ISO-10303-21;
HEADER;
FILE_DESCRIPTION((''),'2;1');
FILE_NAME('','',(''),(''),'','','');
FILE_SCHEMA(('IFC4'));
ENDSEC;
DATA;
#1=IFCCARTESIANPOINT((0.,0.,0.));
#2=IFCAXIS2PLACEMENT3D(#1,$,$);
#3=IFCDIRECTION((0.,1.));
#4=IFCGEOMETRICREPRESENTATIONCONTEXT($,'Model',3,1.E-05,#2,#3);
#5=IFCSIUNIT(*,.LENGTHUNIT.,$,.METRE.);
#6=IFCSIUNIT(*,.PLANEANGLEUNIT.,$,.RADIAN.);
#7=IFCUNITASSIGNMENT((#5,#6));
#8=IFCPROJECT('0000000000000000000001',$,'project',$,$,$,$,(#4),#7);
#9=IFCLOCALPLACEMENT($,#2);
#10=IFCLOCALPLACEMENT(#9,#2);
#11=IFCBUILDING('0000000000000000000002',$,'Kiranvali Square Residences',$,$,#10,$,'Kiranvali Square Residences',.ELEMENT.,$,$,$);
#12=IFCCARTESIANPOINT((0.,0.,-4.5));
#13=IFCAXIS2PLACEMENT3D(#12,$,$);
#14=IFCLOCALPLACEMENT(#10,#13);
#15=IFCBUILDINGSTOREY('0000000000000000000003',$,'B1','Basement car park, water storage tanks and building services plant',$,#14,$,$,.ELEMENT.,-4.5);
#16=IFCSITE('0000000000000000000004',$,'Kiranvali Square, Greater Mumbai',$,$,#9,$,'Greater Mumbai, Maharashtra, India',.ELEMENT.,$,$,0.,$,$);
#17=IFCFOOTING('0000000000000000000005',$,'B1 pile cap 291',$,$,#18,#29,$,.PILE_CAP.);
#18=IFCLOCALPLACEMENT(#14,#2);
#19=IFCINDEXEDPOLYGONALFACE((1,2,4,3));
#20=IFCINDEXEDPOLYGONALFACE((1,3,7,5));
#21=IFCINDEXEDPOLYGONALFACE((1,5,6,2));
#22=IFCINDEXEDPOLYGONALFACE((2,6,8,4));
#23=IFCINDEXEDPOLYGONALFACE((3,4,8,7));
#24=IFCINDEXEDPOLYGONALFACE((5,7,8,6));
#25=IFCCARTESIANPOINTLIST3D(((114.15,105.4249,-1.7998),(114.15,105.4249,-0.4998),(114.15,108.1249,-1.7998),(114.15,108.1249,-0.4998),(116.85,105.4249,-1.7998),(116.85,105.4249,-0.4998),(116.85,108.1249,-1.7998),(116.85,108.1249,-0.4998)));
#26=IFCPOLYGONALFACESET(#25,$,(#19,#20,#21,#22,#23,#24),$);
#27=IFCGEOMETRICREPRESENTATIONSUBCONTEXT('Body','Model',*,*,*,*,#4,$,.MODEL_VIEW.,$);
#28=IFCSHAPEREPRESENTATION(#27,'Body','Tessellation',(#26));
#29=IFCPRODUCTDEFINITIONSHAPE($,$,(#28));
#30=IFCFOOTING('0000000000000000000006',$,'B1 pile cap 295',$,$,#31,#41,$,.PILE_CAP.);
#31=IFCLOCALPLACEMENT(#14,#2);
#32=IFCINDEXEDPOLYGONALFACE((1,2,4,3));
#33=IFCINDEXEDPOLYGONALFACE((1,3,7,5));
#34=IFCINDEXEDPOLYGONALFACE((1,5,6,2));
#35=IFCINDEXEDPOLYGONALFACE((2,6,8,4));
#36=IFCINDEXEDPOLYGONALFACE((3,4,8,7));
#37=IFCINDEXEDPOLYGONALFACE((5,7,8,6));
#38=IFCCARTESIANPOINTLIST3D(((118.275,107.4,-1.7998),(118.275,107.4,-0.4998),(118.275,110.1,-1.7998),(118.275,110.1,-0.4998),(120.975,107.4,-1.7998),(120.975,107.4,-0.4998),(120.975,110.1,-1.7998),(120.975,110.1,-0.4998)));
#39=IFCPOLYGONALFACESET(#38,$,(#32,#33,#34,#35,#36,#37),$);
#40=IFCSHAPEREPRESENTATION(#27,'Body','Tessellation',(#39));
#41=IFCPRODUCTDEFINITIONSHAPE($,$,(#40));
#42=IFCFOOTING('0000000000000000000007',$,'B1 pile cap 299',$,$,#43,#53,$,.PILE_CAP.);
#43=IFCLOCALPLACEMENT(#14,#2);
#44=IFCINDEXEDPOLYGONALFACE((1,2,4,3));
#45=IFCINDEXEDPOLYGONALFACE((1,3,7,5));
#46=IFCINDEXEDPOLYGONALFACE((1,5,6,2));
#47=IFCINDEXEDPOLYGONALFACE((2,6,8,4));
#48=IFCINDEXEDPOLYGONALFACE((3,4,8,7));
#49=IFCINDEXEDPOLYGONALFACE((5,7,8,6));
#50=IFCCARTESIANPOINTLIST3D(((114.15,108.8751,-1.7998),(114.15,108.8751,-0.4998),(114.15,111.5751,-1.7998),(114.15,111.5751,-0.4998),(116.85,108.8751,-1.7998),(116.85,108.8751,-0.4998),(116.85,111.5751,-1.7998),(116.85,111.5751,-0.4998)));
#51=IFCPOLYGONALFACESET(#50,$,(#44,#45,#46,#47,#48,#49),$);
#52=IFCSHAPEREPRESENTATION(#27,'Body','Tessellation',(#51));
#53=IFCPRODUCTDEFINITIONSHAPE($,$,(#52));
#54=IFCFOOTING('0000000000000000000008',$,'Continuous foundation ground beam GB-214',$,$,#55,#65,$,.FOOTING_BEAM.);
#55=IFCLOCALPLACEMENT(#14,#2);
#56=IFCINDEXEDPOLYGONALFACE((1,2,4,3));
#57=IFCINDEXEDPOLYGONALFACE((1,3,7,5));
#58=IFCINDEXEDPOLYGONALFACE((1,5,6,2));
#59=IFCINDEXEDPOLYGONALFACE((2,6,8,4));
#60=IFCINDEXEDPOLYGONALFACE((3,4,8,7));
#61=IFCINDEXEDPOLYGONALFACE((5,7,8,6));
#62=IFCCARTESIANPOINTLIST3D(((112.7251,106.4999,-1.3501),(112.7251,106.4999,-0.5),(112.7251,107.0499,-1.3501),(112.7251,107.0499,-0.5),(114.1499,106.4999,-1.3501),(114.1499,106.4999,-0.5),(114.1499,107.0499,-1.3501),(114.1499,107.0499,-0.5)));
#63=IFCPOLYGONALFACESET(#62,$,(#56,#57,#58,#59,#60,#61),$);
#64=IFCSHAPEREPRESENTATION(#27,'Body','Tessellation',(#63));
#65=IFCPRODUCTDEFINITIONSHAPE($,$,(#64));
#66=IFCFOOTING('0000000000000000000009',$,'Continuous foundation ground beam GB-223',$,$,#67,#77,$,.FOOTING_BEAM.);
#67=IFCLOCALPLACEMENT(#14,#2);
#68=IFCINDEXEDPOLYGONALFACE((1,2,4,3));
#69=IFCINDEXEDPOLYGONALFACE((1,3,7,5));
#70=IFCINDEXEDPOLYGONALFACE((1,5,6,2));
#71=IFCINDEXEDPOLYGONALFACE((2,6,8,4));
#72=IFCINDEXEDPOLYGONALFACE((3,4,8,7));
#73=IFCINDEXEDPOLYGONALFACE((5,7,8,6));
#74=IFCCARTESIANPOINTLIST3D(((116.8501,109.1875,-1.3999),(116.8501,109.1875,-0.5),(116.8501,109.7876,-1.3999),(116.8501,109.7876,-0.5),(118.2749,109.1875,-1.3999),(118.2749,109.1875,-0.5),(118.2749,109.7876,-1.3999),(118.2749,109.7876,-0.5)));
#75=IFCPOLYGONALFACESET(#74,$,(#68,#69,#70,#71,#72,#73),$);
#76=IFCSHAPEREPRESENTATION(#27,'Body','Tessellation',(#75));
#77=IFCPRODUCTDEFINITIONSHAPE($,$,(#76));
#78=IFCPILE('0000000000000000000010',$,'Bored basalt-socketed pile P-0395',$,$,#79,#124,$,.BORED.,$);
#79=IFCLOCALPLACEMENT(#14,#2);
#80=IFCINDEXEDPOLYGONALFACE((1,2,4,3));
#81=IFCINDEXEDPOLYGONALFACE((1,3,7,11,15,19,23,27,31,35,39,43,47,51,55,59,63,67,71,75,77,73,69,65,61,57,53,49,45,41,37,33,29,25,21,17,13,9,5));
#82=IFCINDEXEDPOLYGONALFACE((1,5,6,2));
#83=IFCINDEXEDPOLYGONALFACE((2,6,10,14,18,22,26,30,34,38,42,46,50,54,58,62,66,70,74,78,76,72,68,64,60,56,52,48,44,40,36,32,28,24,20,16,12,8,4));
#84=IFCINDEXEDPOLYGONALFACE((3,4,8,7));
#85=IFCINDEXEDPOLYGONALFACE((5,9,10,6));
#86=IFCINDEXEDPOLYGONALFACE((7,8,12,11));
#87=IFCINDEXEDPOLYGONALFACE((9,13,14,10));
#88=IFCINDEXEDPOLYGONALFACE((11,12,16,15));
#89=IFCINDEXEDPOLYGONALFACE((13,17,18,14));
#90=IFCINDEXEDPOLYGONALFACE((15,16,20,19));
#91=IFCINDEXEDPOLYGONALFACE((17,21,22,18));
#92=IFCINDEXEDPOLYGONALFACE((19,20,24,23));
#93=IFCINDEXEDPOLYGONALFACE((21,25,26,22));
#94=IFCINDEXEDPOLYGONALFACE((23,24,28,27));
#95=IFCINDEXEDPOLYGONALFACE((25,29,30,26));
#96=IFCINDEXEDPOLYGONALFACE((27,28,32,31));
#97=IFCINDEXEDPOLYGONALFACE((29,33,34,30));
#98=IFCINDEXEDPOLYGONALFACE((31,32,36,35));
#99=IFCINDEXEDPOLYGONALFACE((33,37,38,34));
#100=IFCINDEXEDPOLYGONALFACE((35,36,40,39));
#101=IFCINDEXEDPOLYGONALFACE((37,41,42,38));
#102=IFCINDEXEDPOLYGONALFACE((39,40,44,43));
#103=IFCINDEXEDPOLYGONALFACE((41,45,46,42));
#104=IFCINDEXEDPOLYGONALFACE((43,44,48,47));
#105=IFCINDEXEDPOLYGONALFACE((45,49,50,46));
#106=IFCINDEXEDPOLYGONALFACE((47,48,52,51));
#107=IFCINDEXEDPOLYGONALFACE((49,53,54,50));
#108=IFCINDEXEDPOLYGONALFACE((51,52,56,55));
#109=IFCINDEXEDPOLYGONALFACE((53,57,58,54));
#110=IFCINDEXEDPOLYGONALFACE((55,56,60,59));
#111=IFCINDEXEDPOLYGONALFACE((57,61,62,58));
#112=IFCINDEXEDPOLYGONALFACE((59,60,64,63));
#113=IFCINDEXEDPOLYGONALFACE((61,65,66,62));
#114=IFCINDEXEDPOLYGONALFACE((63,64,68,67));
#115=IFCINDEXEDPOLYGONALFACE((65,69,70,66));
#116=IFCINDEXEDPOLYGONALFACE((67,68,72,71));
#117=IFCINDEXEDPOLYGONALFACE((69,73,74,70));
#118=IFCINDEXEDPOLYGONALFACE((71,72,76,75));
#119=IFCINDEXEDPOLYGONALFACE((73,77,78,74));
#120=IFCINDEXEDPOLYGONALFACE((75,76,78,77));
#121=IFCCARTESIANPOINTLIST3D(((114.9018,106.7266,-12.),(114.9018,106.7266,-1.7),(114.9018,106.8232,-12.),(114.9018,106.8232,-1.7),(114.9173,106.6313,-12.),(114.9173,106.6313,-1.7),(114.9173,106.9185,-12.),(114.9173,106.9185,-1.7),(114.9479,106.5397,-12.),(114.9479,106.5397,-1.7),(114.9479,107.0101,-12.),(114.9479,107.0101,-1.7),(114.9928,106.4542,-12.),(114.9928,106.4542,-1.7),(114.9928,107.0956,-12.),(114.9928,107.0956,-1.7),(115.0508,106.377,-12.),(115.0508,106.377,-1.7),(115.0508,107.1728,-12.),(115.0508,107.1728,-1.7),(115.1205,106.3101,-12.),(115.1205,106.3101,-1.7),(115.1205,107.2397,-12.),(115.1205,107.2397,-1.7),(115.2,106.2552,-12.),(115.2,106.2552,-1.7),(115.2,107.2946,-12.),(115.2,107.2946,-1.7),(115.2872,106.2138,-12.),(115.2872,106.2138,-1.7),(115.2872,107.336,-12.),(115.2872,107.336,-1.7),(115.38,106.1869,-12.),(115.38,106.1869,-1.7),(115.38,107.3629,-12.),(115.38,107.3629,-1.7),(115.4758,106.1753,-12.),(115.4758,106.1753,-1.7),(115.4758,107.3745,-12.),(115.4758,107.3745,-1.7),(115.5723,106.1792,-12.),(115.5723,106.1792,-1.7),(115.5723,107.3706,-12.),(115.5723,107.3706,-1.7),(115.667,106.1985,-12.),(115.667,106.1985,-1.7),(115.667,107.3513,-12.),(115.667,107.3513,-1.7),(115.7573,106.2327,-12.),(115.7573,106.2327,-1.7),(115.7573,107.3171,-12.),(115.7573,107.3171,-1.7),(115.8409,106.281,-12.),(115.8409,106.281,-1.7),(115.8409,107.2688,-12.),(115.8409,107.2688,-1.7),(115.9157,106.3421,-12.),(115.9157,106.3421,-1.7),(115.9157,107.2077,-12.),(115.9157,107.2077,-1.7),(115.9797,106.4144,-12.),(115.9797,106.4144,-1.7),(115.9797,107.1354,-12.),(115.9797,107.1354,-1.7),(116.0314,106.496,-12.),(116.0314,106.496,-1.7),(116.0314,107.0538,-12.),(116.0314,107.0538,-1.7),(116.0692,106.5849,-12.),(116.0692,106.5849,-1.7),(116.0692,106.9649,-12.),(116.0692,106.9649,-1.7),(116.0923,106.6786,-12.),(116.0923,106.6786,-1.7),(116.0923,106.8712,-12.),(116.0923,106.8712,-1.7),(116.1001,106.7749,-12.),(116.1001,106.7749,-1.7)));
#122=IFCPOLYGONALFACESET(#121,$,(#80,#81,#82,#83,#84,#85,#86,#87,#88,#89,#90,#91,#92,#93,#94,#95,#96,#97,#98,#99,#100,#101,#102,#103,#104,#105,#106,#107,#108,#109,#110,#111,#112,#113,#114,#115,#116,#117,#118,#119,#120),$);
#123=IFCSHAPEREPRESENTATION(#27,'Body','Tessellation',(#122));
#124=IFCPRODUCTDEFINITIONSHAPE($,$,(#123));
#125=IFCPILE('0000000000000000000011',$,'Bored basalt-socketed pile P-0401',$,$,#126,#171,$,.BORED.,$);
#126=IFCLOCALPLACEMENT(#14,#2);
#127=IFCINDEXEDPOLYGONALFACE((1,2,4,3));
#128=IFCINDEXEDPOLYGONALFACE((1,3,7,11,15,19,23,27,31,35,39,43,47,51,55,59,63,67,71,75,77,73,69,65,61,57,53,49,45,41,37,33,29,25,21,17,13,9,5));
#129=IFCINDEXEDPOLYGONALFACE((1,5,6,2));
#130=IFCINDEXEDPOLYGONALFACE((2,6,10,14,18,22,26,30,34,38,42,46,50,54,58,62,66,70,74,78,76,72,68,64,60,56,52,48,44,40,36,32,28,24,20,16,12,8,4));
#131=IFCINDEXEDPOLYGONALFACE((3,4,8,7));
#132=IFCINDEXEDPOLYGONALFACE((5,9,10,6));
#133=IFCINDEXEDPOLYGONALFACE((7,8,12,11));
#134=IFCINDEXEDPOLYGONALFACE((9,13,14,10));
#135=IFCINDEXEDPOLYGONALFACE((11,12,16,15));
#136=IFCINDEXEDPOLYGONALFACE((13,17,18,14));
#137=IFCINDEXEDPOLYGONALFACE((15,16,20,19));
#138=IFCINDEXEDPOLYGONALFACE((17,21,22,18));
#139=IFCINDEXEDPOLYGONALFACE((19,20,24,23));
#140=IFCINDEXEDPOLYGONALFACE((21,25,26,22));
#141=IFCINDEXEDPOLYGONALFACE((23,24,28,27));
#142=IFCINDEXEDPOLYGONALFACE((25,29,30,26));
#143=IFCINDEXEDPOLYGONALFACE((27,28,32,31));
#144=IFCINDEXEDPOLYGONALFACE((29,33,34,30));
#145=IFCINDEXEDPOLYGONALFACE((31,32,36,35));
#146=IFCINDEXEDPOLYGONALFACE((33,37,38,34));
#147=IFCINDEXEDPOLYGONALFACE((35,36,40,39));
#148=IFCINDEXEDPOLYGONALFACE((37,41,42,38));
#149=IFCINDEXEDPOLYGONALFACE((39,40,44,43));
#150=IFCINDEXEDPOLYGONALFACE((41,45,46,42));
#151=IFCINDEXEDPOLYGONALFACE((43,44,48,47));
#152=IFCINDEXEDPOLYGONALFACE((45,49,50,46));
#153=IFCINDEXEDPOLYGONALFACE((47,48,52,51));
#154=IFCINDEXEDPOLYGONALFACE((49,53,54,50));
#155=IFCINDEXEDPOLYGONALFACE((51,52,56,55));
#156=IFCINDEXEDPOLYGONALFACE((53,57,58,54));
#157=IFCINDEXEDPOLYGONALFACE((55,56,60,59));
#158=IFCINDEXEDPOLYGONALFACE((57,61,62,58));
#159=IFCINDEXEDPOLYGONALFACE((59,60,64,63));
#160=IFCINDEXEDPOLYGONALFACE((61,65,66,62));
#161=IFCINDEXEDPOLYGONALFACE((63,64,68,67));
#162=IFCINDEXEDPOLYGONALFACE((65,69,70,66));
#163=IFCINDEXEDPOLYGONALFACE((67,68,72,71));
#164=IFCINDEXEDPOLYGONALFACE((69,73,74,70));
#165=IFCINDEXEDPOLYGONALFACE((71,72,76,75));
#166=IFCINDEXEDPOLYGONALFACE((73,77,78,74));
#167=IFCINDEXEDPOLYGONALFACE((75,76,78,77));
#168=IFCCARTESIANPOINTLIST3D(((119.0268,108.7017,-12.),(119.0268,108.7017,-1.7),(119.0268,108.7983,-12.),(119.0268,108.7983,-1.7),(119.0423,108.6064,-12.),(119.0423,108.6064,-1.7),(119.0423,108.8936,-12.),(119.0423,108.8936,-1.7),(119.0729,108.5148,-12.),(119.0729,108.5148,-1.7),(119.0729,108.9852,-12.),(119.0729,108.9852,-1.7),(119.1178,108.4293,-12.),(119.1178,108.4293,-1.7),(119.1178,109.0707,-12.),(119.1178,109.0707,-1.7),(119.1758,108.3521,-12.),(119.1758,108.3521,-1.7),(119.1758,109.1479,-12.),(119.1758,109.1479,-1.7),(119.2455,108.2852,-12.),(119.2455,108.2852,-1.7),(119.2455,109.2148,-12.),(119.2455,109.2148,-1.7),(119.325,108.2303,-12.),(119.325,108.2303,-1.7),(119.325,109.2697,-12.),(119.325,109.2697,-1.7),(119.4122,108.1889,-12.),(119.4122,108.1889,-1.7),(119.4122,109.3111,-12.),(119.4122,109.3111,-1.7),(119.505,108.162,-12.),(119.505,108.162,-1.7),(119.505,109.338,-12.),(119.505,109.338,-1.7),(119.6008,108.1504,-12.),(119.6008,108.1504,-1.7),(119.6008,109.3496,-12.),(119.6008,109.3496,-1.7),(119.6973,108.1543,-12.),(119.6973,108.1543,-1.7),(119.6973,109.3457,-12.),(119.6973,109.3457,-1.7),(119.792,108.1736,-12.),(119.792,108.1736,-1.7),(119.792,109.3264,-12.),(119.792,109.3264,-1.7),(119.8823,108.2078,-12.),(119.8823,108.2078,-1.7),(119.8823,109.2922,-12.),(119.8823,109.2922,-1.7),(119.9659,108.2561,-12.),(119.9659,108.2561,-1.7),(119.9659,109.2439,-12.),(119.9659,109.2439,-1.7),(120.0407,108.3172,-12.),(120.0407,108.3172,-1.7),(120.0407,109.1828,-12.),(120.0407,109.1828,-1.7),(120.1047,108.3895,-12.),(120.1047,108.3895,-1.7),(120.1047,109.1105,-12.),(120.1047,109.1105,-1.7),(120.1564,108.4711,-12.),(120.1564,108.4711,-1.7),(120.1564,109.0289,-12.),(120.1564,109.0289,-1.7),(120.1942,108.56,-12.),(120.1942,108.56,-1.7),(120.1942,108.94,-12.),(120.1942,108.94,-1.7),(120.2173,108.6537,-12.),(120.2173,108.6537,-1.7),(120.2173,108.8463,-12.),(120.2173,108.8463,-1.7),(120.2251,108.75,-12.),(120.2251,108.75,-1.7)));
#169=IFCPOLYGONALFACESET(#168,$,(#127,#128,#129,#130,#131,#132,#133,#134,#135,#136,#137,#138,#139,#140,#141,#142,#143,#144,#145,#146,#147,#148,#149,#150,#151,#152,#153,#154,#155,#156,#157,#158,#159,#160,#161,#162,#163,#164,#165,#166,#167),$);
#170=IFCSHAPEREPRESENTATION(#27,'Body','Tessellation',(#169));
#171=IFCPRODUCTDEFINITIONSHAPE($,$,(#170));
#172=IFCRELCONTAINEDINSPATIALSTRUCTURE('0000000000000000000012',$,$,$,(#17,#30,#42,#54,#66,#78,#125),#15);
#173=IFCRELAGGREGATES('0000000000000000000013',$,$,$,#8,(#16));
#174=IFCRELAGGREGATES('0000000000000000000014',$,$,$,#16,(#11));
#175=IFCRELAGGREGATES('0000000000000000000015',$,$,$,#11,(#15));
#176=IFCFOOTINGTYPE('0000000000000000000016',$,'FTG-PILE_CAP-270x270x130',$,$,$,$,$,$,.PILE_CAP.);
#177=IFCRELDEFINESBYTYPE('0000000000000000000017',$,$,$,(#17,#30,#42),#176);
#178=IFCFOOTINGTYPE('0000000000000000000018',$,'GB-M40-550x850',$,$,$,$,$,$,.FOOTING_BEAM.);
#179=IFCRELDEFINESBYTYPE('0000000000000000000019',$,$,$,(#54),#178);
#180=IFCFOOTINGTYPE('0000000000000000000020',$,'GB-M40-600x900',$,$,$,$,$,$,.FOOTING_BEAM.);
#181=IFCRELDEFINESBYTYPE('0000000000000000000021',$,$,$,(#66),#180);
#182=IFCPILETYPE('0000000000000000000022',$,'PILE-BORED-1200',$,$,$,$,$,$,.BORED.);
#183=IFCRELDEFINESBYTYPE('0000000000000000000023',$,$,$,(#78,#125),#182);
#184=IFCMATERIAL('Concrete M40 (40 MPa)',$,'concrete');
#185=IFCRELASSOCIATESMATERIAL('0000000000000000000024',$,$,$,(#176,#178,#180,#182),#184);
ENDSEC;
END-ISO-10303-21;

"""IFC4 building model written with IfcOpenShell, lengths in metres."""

from ifc_helpers import new_model, si_unit, direction, frame, origin, origin_2d, place, context, subcontext, project, spatial, rectangle, circle, extrude, material, material_profile, profile_set, type_object, element, save


model = new_model("IFC4")

# Units and contexts
model_context = context("Model", 3, precision=1e-05, world=origin(), true_north=direction((0.0, 1.0)))
body_context = subcontext(model_context, "Body", "Model", "MODEL_VIEW")
ifc_project = project(units=[si_unit("LENGTHUNIT", "METRE"), si_unit("PLANEANGLEUNIT", "RADIAN")], contexts=[model_context])

# Site, building, storey
site_placement = place(None, origin())
site = spatial("IfcSite", under=ifc_project, at=site_placement, Name="Kiranvali Square, Greater Mumbai", LongName="Greater Mumbai, Maharashtra, India", CompositionType="ELEMENT", RefElevation=0.0)
building_placement = place(site_placement, origin())
building = spatial("IfcBuilding", under=site, at=building_placement, Name="Kiranvali Square Residences", LongName="Kiranvali Square Residences", CompositionType="ELEMENT")
storey_placement = place(building_placement, frame((0.0, 0.0, -4.5)))
storey = spatial("IfcBuildingStorey", under=building, at=storey_placement, Name="B1", Description="Basement car park, water storage tanks and building services plant", CompositionType="ELEMENT", Elevation=-4.5)

# Footings
ifc_material_1 = material(Name="Concrete M40 (40 MPa)", Category="concrete")
footing_type_1 = type_object("IfcFootingType", Name="FTG-PILE_CAP-270x270x130", PredefinedType="PILE_CAP", material=ifc_material_1)
for number, where, z_axis, x_axis, name in (
    (1, (115.5, 106.7749, -1.7998), (0.0, 0.0, 1.0), (1.0, 0.0, 0.0), "B1 pile cap 291"),
    (2, (119.625, 108.75, -1.7998), (0.0, 0.0, 1.0), (1.0, 0.0, 0.0), "B1 pile cap 295"),
    (3, (115.5, 110.2251, -1.7998), (0.0, 0.0, 1.0), (1.0, 0.0, 0.0), "B1 pile cap 299"),
):
    element("IfcFooting", number, at=place(storey_placement, frame(where, z_axis=z_axis, x_axis=x_axis)), inside=storey, type_object=footing_type_1, Name=name, PredefinedType="PILE_CAP", context=body_context, shape_type="SweptSolid", body=[
        extrude(rectangle(XDim=2.7, YDim=2.7, at=origin_2d()), origin(), (0.0, 0.0, 1.0), 1.3),
    ])
ifc_material_profile_1 = material_profile(ifc_material_1, rectangle(XDim=0.55, YDim=0.8501, at=origin_2d()), Name="GB 550x850")
ifc_profile_set_1 = profile_set([ifc_material_profile_1], Name="Concrete M40 (40 MPa)")
footing_type_2 = type_object("IfcFootingType", Name="GB-M40-550x850", PredefinedType="FOOTING_BEAM", material=ifc_profile_set_1)
footing_1_placement = place(storey_placement, frame((112.7251, 106.7749, -0.925), z_axis=(1.0, 0.0, 0.0), x_axis=(0.0, 1.0, 0.0)))
element("IfcFooting", 4, at=footing_1_placement, inside=storey, type_object=footing_type_2, Name="Continuous foundation ground beam GB-214", PredefinedType="FOOTING_BEAM", context=body_context, shape_type="SweptSolid", body=[
    extrude(rectangle(XDim=0.55, YDim=0.8501, at=origin_2d()), origin(), (0.0, 0.0, 1.0), 1.4248),
])
ifc_material_profile_2 = material_profile(ifc_material_1, rectangle(XDim=0.6001, YDim=0.8999, at=origin_2d()), Name="GB 600x900")
ifc_profile_set_2 = profile_set([ifc_material_profile_2], Name="Concrete M40 (40 MPa)")
footing_type_3 = type_object("IfcFootingType", Name="GB-M40-600x900", PredefinedType="FOOTING_BEAM", material=ifc_profile_set_2)
footing_2_placement = place(storey_placement, frame((116.8501, 109.4875, -0.95), z_axis=(1.0, 0.0, 0.0), x_axis=(0.0, 1.0, 0.0)))
element("IfcFooting", 5, at=footing_2_placement, inside=storey, type_object=footing_type_3, Name="Continuous foundation ground beam GB-223", PredefinedType="FOOTING_BEAM", context=body_context, shape_type="SweptSolid", body=[
    extrude(rectangle(XDim=0.6001, YDim=0.8999, at=origin_2d()), origin(), (0.0, 0.0, 1.0), 1.4248),
])

# Piles
ifc_material_profile_3 = material_profile(ifc_material_1, circle(Radius=0.6001, at=origin_2d()), Name="BORED PILE 1200")
ifc_profile_set_3 = profile_set([ifc_material_profile_3], Name="Concrete M40 (40 MPa)")
pile_type = type_object("IfcPileType", Name="PILE-BORED-1200", PredefinedType="BORED", material=ifc_profile_set_3)
for number, where, z_axis, x_axis, name in (
    (6, (115.5, 106.7749, -1.7), (0.0, 0.0, -1.0), (1.0, 0.0, 0.0), "Bored basalt-socketed pile P-0395"),
    (7, (119.625, 108.75, -1.7), (0.0, 0.0, -1.0), (1.0, 0.0, 0.0), "Bored basalt-socketed pile P-0401"),
):
    element("IfcPile", number, at=place(storey_placement, frame(where, z_axis=z_axis, x_axis=x_axis)), inside=storey, type_object=pile_type, Name=name, PredefinedType="BORED", context=body_context, shape_type="SweptSolid", body=[
        extrude(circle(Radius=0.6001, at=origin_2d()), origin(), (0.0, 0.0, 1.0), 10.3),
    ])

save(model, "model.ifc")
